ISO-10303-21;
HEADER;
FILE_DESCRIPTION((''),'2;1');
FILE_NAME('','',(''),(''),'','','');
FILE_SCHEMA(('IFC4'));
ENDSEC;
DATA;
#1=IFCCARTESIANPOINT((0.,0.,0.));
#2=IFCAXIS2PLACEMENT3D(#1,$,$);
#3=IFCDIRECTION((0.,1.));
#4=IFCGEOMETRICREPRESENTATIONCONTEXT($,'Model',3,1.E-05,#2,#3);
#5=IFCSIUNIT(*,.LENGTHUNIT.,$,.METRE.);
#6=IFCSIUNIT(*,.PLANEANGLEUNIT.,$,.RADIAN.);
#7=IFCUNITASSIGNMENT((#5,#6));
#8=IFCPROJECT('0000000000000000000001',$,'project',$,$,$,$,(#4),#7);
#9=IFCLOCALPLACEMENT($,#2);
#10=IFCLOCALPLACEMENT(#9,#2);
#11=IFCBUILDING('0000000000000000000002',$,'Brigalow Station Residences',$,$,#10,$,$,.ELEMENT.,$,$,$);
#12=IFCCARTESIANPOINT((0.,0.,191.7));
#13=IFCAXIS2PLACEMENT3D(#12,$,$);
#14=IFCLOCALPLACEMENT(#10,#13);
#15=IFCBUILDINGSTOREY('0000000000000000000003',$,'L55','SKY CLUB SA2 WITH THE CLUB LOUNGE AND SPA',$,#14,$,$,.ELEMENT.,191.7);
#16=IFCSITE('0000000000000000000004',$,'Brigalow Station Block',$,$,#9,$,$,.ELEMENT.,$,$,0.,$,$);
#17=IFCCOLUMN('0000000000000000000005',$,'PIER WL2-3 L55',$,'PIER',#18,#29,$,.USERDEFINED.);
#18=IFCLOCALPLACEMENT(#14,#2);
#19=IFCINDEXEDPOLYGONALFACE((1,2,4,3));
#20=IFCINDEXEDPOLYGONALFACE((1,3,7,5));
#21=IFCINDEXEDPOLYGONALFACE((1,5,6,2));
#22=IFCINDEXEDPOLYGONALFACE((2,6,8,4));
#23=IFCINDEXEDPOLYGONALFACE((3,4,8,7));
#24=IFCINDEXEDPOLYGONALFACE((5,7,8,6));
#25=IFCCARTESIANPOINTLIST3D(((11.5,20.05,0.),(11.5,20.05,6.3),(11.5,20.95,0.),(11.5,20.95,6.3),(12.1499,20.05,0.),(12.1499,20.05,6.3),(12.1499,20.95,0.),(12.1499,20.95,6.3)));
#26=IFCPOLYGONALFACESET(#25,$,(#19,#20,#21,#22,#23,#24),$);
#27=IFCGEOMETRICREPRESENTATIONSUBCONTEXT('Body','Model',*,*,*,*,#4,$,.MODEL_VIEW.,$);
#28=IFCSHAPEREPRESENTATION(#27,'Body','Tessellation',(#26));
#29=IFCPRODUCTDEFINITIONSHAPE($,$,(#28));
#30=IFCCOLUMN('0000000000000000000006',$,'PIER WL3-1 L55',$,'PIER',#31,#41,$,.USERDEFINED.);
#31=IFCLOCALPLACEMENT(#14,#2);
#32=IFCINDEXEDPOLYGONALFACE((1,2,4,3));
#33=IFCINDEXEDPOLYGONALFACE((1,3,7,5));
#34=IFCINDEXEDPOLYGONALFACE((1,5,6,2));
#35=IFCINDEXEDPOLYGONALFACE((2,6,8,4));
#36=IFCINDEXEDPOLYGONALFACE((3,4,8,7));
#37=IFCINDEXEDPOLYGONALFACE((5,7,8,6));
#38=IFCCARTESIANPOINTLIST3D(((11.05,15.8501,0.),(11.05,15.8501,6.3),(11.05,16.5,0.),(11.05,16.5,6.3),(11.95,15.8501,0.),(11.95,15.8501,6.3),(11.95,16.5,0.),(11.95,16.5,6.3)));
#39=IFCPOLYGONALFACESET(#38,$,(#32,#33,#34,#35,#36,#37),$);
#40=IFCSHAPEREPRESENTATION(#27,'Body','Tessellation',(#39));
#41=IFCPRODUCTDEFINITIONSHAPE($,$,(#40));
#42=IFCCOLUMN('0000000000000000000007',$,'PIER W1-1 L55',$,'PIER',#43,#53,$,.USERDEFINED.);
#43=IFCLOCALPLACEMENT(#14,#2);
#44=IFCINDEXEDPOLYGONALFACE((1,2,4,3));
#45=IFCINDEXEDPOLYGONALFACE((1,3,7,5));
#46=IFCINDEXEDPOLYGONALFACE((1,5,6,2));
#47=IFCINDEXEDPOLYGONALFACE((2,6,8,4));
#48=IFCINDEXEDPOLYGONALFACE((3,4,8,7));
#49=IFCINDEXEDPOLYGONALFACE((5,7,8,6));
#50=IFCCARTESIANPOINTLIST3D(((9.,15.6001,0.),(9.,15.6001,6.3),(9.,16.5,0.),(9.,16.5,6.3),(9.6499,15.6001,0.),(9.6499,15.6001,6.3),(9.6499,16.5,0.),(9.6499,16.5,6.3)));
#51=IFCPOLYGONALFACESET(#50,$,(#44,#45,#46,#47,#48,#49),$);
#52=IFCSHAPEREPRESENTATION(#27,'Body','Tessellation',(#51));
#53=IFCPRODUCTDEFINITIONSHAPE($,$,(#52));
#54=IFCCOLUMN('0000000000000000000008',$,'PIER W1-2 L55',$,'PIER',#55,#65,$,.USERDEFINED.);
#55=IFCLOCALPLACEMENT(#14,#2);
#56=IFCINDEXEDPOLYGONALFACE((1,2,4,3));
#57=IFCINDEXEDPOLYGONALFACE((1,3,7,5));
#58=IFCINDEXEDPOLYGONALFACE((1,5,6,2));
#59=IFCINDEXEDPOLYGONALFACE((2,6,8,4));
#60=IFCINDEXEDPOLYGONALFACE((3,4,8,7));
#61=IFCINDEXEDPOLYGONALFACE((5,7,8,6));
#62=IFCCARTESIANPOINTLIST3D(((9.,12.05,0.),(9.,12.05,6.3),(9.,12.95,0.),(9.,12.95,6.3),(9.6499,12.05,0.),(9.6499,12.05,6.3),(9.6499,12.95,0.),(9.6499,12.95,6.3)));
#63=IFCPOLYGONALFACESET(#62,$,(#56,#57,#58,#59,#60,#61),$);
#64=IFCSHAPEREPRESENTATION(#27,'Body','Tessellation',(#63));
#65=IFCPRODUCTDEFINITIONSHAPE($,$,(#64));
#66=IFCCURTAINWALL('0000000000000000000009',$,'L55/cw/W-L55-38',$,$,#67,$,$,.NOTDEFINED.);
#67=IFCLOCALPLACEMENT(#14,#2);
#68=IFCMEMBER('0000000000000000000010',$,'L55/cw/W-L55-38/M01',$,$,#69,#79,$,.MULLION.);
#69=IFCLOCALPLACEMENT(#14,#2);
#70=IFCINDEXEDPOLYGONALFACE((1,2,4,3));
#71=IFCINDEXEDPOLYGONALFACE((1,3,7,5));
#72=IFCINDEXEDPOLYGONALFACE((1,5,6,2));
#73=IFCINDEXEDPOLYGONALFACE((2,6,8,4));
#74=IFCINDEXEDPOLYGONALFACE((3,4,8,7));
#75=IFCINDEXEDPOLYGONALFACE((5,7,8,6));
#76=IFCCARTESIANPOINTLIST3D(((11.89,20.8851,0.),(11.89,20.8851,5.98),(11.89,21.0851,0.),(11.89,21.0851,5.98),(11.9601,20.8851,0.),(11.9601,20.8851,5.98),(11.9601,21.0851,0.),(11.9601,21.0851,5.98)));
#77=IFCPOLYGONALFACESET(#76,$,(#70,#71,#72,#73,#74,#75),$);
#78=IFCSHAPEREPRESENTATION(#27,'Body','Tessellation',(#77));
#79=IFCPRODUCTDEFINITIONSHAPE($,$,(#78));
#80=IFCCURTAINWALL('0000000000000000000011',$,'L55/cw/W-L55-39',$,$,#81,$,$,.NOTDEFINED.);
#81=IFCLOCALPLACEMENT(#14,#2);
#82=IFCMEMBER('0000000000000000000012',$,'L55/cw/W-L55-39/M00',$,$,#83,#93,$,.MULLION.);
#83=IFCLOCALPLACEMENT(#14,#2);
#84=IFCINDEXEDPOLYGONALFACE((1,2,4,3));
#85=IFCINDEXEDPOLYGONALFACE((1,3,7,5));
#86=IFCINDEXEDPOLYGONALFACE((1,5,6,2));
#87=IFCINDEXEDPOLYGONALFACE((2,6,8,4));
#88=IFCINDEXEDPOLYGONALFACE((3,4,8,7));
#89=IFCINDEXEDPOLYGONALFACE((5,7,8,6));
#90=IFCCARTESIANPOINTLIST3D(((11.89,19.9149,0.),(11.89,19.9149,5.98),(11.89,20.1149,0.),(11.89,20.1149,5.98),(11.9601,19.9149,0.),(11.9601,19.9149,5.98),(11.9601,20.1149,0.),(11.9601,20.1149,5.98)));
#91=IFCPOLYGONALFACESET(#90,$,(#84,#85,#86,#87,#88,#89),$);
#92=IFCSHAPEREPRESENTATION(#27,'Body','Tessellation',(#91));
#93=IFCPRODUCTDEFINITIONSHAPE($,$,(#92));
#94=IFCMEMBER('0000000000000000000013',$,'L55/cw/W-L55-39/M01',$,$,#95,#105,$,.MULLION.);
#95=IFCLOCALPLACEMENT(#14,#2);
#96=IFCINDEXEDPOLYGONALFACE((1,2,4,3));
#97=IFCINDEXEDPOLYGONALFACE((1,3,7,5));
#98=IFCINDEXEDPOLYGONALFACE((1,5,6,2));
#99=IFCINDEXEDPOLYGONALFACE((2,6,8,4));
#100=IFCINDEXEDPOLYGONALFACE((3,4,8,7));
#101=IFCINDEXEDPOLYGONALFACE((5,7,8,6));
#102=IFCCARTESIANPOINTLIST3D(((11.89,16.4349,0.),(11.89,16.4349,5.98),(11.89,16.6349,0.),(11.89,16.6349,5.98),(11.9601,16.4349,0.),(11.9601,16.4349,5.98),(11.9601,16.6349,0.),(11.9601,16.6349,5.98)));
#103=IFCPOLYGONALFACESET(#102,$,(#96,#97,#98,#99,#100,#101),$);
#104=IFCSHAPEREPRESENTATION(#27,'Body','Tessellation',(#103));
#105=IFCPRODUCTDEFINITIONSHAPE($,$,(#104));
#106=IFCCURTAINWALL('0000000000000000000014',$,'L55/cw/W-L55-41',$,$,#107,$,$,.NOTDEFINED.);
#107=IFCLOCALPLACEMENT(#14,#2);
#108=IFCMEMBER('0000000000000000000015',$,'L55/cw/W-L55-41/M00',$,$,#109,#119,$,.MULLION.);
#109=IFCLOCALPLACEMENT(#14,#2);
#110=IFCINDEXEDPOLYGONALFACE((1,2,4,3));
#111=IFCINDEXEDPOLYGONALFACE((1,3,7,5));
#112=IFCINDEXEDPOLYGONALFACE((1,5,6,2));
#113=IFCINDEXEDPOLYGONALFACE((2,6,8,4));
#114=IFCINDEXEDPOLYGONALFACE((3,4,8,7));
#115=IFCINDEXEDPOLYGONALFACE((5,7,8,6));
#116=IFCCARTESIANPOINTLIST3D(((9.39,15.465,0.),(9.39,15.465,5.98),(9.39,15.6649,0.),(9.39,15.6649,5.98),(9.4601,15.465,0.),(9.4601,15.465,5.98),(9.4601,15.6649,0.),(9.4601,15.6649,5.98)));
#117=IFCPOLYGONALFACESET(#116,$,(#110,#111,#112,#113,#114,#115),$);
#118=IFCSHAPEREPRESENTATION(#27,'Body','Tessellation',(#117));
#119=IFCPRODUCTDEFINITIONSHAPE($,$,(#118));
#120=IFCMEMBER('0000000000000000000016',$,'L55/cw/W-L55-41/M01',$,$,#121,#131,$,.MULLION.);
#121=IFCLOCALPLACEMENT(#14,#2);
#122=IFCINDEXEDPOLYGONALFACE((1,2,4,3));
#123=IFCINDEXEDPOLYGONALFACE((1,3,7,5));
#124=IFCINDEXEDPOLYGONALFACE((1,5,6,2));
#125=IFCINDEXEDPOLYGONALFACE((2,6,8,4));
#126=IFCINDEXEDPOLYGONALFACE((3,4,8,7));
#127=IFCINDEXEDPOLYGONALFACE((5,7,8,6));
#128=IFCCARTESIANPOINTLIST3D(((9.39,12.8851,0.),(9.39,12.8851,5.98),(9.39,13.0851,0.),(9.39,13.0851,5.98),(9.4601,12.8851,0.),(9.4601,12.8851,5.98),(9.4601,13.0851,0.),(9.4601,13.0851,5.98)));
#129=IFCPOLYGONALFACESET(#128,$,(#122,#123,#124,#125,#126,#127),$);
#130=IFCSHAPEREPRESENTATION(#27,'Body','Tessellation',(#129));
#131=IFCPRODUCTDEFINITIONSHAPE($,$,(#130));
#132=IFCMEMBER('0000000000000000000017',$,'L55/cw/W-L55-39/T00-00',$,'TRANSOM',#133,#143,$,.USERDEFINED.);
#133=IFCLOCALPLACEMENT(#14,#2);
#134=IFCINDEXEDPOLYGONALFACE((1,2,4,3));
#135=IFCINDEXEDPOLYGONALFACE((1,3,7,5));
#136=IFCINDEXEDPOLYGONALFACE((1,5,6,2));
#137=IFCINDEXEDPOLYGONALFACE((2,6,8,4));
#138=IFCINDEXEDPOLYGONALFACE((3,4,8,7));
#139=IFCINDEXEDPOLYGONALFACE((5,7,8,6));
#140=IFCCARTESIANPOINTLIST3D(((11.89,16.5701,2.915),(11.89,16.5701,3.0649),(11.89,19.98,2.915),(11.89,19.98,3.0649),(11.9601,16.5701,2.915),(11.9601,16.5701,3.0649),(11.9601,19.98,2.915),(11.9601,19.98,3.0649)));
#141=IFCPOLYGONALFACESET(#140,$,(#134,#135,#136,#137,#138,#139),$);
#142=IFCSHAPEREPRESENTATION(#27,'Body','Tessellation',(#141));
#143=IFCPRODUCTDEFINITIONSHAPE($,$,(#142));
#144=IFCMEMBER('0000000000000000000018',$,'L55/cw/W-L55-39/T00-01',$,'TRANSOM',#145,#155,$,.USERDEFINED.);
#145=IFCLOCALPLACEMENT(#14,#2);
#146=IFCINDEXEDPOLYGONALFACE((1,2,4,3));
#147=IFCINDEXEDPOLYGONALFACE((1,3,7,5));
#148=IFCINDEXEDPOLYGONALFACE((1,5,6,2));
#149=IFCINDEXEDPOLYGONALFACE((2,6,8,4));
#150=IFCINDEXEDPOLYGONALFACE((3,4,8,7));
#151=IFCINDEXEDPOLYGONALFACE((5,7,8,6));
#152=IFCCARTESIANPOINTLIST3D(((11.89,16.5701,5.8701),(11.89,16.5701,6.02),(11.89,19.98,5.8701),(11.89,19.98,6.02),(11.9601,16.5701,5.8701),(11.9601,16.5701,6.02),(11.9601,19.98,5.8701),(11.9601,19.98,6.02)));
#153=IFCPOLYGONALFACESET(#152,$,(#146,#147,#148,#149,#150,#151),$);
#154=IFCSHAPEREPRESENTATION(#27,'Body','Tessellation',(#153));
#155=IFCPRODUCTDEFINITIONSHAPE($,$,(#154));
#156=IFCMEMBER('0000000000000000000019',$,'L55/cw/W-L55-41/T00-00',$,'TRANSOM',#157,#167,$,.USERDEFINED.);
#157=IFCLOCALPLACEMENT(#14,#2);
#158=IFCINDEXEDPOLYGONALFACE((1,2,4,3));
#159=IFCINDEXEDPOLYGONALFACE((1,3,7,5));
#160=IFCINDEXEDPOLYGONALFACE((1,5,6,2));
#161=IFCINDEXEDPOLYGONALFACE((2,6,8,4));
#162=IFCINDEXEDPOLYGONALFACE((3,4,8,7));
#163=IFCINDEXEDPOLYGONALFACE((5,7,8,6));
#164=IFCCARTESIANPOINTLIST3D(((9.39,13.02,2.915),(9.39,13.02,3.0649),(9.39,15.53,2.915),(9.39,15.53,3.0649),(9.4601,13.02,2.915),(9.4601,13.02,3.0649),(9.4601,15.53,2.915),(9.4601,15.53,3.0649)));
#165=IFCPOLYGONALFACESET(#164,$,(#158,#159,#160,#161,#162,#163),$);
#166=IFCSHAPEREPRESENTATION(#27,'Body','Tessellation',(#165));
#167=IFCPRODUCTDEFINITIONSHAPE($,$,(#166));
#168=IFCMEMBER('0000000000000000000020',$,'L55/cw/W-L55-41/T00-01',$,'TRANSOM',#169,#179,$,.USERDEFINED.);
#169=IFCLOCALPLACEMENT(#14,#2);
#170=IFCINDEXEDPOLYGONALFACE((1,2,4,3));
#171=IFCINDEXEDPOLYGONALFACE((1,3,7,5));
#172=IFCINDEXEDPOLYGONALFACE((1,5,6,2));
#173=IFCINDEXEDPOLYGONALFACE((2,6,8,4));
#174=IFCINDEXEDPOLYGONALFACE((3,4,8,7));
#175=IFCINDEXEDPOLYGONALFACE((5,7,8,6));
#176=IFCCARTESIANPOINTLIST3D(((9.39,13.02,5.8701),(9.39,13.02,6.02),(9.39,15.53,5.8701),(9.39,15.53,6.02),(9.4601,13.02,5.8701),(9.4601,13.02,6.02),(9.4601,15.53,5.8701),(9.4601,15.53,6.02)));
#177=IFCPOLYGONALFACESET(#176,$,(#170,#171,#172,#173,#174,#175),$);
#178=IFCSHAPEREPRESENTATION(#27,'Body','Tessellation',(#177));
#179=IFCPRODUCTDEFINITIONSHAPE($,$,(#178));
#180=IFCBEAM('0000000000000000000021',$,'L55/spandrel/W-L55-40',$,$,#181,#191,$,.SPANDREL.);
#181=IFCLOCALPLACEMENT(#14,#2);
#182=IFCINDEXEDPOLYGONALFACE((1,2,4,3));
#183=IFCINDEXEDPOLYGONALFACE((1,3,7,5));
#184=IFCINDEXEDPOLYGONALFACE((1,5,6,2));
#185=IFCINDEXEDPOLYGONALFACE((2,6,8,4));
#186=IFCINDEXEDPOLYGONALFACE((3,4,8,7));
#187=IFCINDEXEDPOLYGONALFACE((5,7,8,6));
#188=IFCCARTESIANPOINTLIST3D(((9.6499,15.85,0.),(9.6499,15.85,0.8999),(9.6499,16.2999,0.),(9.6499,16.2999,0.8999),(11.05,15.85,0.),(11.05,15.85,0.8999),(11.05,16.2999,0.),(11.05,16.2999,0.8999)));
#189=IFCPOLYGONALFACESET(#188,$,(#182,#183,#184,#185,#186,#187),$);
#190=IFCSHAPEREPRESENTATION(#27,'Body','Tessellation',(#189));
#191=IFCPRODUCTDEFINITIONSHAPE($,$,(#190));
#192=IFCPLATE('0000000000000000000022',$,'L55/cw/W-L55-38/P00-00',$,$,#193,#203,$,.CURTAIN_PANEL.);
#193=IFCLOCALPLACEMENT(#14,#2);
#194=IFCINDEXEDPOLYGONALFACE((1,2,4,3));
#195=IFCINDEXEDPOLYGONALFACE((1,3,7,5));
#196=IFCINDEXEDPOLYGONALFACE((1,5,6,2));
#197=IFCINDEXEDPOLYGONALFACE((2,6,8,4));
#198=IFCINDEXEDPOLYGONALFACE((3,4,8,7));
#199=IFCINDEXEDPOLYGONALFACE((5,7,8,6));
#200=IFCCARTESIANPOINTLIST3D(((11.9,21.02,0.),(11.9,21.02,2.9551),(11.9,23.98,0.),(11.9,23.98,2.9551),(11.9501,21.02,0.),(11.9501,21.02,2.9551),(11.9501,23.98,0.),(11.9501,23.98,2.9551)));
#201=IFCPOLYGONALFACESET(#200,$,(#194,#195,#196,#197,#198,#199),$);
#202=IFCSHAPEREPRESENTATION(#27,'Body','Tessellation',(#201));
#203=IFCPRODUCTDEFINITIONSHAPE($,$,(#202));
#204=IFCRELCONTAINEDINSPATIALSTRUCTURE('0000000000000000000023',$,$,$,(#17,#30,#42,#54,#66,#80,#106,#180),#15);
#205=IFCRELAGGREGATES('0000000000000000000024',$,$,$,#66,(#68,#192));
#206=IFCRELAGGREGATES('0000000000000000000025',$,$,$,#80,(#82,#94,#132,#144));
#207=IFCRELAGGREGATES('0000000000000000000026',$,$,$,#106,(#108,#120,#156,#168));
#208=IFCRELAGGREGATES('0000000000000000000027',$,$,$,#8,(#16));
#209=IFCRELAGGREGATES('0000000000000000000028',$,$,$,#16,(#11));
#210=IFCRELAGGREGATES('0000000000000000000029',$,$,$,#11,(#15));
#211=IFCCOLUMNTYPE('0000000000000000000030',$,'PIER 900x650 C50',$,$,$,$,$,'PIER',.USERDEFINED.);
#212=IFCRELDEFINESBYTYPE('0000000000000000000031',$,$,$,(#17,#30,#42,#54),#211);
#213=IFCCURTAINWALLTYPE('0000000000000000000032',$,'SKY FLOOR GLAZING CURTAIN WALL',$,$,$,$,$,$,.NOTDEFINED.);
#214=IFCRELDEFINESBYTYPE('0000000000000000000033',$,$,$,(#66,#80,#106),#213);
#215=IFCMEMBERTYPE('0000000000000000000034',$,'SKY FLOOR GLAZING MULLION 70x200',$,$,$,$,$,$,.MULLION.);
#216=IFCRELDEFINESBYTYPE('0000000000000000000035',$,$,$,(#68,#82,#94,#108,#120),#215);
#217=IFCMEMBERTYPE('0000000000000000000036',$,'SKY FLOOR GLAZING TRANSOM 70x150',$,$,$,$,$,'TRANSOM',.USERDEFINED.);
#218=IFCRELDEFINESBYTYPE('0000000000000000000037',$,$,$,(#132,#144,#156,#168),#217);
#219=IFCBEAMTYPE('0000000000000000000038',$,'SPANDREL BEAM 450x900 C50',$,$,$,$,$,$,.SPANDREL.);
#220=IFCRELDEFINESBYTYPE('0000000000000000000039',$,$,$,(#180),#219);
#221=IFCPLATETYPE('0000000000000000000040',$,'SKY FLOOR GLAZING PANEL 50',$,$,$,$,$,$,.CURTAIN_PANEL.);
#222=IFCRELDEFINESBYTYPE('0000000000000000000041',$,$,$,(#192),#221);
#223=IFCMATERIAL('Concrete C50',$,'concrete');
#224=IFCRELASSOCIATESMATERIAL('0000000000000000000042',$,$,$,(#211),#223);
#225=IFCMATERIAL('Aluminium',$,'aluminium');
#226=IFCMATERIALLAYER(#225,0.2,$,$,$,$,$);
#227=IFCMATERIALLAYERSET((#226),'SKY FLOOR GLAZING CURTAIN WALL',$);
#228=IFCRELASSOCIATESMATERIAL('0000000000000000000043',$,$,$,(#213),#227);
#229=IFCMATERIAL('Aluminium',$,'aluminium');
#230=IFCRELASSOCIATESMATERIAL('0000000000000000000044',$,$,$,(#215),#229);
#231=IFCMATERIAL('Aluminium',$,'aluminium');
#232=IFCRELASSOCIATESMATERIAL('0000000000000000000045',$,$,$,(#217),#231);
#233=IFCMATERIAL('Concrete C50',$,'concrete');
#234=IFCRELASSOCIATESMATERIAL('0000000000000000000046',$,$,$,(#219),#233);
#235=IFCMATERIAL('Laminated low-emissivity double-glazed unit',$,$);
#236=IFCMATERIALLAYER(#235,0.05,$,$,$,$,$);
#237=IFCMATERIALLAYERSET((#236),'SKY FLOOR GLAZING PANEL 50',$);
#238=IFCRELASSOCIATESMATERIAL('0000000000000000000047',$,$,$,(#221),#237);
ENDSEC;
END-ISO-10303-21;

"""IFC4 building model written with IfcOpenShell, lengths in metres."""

from ifc_helpers import new_model, si_unit, direction, frame, origin, origin_2d, place, context, subcontext, project, spatial, rectangle, extrude, material, layer, layer_set, material_profile, profile_set, type_object, element, aggregate, save


model = new_model("IFC4")

# Units and contexts
model_context = context("Model", 3, precision=1e-05, world=origin(), true_north=direction((0.0, 1.0)))
body_context = subcontext(model_context, "Body", "Model", "MODEL_VIEW")
ifc_project = project(units=[si_unit("LENGTHUNIT", "METRE"), si_unit("PLANEANGLEUNIT", "RADIAN")], contexts=[model_context])

# Site, building, storey
site_placement = place(None, origin())
site = spatial("IfcSite", under=ifc_project, at=site_placement, Name="Brigalow Station Block", CompositionType="ELEMENT", RefElevation=0.0)
building_placement = place(site_placement, origin())
building = spatial("IfcBuilding", under=site, at=building_placement, Name="Brigalow Station Residences", CompositionType="ELEMENT")
storey_placement = place(building_placement, frame((0.0, 0.0, 191.7)))
storey = spatial("IfcBuildingStorey", under=building, at=storey_placement, Name="L55", Description="SKY CLUB SA2 WITH THE CLUB LOUNGE AND SPA", CompositionType="ELEMENT", Elevation=191.7)

# Columns
ifc_material_1 = material(Name="Concrete C50", Category="concrete")
ifc_material_profile_1 = material_profile(ifc_material_1, rectangle(XDim=0.8999, YDim=0.6499, at=origin_2d()), Name="RC900x650")
ifc_profile_set_1 = profile_set([ifc_material_profile_1], Name="Concrete C50")
column_type = type_object("IfcColumnType", Name="PIER 900x650 C50", ElementType="PIER", PredefinedType="USERDEFINED", material=ifc_profile_set_1)
for number, where, z_axis, x_axis, name in (
    (1, (11.825, 20.5, 0.0), (0.0, 0.0, 1.0), (0.0, -1.0, 0.0), "PIER WL2-3 L55"),
    (2, (11.5, 16.175, 0.0), (0.0, 0.0, 1.0), (-1.0, 0.0, 0.0), "PIER WL3-1 L55"),
    (3, (9.325, 16.05, 0.0), (0.0, 0.0, 1.0), (0.0, -1.0, 0.0), "PIER W1-1 L55"),
    (4, (9.325, 12.5, 0.0), (0.0, 0.0, 1.0), (0.0, -1.0, 0.0), "PIER W1-2 L55"),
):
    element("IfcColumn", number, at=place(storey_placement, frame(where, z_axis=z_axis, x_axis=x_axis)), inside=storey, type_object=column_type, Name=name, ObjectType="PIER", PredefinedType="USERDEFINED", context=body_context, shape_type="SweptSolid", body=[
        extrude(rectangle(XDim=0.8999, YDim=0.6499, at=origin_2d()), origin(), (0.0, 0.0, 1.0), 6.3),
    ])

# Curtain wall, member
ifc_material_2 = material(Name="Aluminium", Category="aluminium")
ifc_layer_1 = layer(ifc_material_2, 0.2)
ifc_layer_set_1 = layer_set([ifc_layer_1], Name="SKY FLOOR GLAZING CURTAIN WALL")
curtain_wall_type = type_object("IfcCurtainWallType", Name="SKY FLOOR GLAZING CURTAIN WALL", PredefinedType="NOTDEFINED", material=ifc_layer_set_1)
curtain_wall_1_placement = place(storey_placement, origin())
curtain_wall_1 = element("IfcCurtainWall", 5, at=curtain_wall_1_placement, inside=storey, type_object=curtain_wall_type, Name="L55/cw/W-L55-38", PredefinedType="NOTDEFINED")
ifc_material_3 = material(Name="Aluminium", Category="aluminium")
ifc_material_profile_2 = material_profile(ifc_material_3, rectangle(XDim=0.0701, YDim=0.2, at=origin_2d()), Name="SKY FLOOR GLAZING MULLION 70x200")
ifc_profile_set_2 = profile_set([ifc_material_profile_2], Name="Aluminium")
member_type_1 = type_object("IfcMemberType", Name="SKY FLOOR GLAZING MULLION 70x200", PredefinedType="MULLION", material=ifc_profile_set_2)
member_1_placement = place(storey_placement, frame((11.925, 20.9851, 0.0), z_axis=(0.0, 0.0, 1.0), x_axis=(1.0, 0.0, 0.0)))
member_1 = element("IfcMember", 6, at=member_1_placement, type_object=member_type_1, Name="L55/cw/W-L55-38/M01", PredefinedType="MULLION", context=body_context, shape_type="SweptSolid", body=[
    extrude(rectangle(XDim=0.0701, YDim=0.2, at=origin_2d()), origin(), (0.0, 0.0, 1.0), 5.98),
])

# Curtain walls, members
curtain_wall_2_placement = place(storey_placement, origin())
curtain_wall_2 = element("IfcCurtainWall", 7, at=curtain_wall_2_placement, inside=storey, type_object=curtain_wall_type, Name="L55/cw/W-L55-39", PredefinedType="NOTDEFINED")
member_2_placement = place(storey_placement, frame((11.925, 20.0149, 0.0), z_axis=(0.0, 0.0, 1.0), x_axis=(1.0, 0.0, 0.0)))
member_2 = element("IfcMember", 8, at=member_2_placement, type_object=member_type_1, Name="L55/cw/W-L55-39/M00", PredefinedType="MULLION", context=body_context, shape_type="SweptSolid", body=[
    extrude(rectangle(XDim=0.0701, YDim=0.2, at=origin_2d()), origin(), (0.0, 0.0, 1.0), 5.98),
])
member_3_placement = place(storey_placement, frame((11.925, 16.5349, 0.0), z_axis=(0.0, 0.0, 1.0), x_axis=(1.0, 0.0, 0.0)))
member_3 = element("IfcMember", 9, at=member_3_placement, type_object=member_type_1, Name="L55/cw/W-L55-39/M01", PredefinedType="MULLION", context=body_context, shape_type="SweptSolid", body=[
    extrude(rectangle(XDim=0.0701, YDim=0.2, at=origin_2d()), origin(), (0.0, 0.0, 1.0), 5.98),
])
curtain_wall_3_placement = place(storey_placement, origin())
curtain_wall_3 = element("IfcCurtainWall", 10, at=curtain_wall_3_placement, inside=storey, type_object=curtain_wall_type, Name="L55/cw/W-L55-41", PredefinedType="NOTDEFINED")
member_4_placement = place(storey_placement, frame((9.425, 15.5649, 0.0), z_axis=(0.0, 0.0, 1.0), x_axis=(1.0, 0.0, 0.0)))
member_4 = element("IfcMember", 11, at=member_4_placement, type_object=member_type_1, Name="L55/cw/W-L55-41/M00", PredefinedType="MULLION", context=body_context, shape_type="SweptSolid", body=[
    extrude(rectangle(XDim=0.0701, YDim=0.2, at=origin_2d()), origin(), (0.0, 0.0, 1.0), 5.98),
])
member_5_placement = place(storey_placement, frame((9.425, 12.9851, 0.0), z_axis=(0.0, 0.0, 1.0), x_axis=(1.0, 0.0, 0.0)))
member_5 = element("IfcMember", 12, at=member_5_placement, type_object=member_type_1, Name="L55/cw/W-L55-41/M01", PredefinedType="MULLION", context=body_context, shape_type="SweptSolid", body=[
    extrude(rectangle(XDim=0.0701, YDim=0.2, at=origin_2d()), origin(), (0.0, 0.0, 1.0), 5.98),
])

# Members
ifc_material_4 = material(Name="Aluminium", Category="aluminium")
ifc_material_profile_3 = material_profile(ifc_material_4, rectangle(XDim=0.0701, YDim=0.1499, at=origin_2d()), Name="SKY FLOOR GLAZING TRANSOM 70x150")
ifc_profile_set_3 = profile_set([ifc_material_profile_3], Name="Aluminium")
member_type_2 = type_object("IfcMemberType", Name="SKY FLOOR GLAZING TRANSOM 70x150", ElementType="TRANSOM", PredefinedType="USERDEFINED", material=ifc_profile_set_3)
member_6_placement = place(storey_placement, frame((11.925, 19.98, 2.99), z_axis=(0.0, -1.0, 0.0), x_axis=(1.0, 0.0, 0.0)))
member_6 = element("IfcMember", 13, at=member_6_placement, type_object=member_type_2, Name="L55/cw/W-L55-39/T00-00", ObjectType="TRANSOM", PredefinedType="USERDEFINED", context=body_context, shape_type="SweptSolid", body=[
    extrude(rectangle(XDim=0.0701, YDim=0.1499, at=origin_2d()), origin(), (0.0, 0.0, 1.0), 3.4099),
])
member_7_placement = place(storey_placement, frame((11.925, 19.98, 5.9451), z_axis=(0.0, -1.0, 0.0), x_axis=(1.0, 0.0, 0.0)))
member_7 = element("IfcMember", 14, at=member_7_placement, type_object=member_type_2, Name="L55/cw/W-L55-39/T00-01", ObjectType="TRANSOM", PredefinedType="USERDEFINED", context=body_context, shape_type="SweptSolid", body=[
    extrude(rectangle(XDim=0.0701, YDim=0.1499, at=origin_2d()), origin(), (0.0, 0.0, 1.0), 3.4099),
])
member_8_placement = place(storey_placement, frame((9.425, 15.53, 2.99), z_axis=(0.0, -1.0, 0.0), x_axis=(1.0, 0.0, 0.0)))
member_8 = element("IfcMember", 15, at=member_8_placement, type_object=member_type_2, Name="L55/cw/W-L55-41/T00-00", ObjectType="TRANSOM", PredefinedType="USERDEFINED", context=body_context, shape_type="SweptSolid", body=[
    extrude(rectangle(XDim=0.0701, YDim=0.1499, at=origin_2d()), origin(), (0.0, 0.0, 1.0), 2.51),
])
member_9_placement = place(storey_placement, frame((9.425, 15.53, 5.9451), z_axis=(0.0, -1.0, 0.0), x_axis=(1.0, 0.0, 0.0)))
member_9 = element("IfcMember", 16, at=member_9_placement, type_object=member_type_2, Name="L55/cw/W-L55-41/T00-01", ObjectType="TRANSOM", PredefinedType="USERDEFINED", context=body_context, shape_type="SweptSolid", body=[
    extrude(rectangle(XDim=0.0701, YDim=0.1499, at=origin_2d()), origin(), (0.0, 0.0, 1.0), 2.51),
])

# Beam
ifc_material_5 = material(Name="Concrete C50", Category="concrete")
ifc_material_profile_4 = material_profile(ifc_material_5, rectangle(XDim=0.45, YDim=0.8999, at=origin_2d()), Name="RC450x900")
ifc_profile_set_4 = profile_set([ifc_material_profile_4], Name="Concrete C50")
beam_type = type_object("IfcBeamType", Name="SPANDREL BEAM 450x900 C50", PredefinedType="SPANDREL", material=ifc_profile_set_4)
beam_placement = place(storey_placement, frame((11.05, 16.075, 0.45), z_axis=(-1.0, 0.0, 0.0), x_axis=(0.0, -1.0, 0.0)))
element("IfcBeam", 17, at=beam_placement, inside=storey, type_object=beam_type, Name="L55/spandrel/W-L55-40", PredefinedType="SPANDREL", context=body_context, shape_type="SweptSolid", body=[
    extrude(rectangle(XDim=0.45, YDim=0.8999, at=origin_2d()), origin(), (0.0, 0.0, 1.0), 1.4001),
])

# Plate
ifc_material_6 = material(Name="Laminated low-emissivity double-glazed unit")
ifc_layer_2 = layer(ifc_material_6, 0.05)
ifc_layer_set_2 = layer_set([ifc_layer_2], Name="SKY FLOOR GLAZING PANEL 50")
plate_type = type_object("IfcPlateType", Name="SKY FLOOR GLAZING PANEL 50", PredefinedType="CURTAIN_PANEL", material=ifc_layer_set_2)
plate_1_placement = place(storey_placement, frame((11.925, 22.5, 0.0), z_axis=(0.0, 0.0, 1.0), x_axis=(0.0, -1.0, 0.0)))
plate_1 = element("IfcPlate", 18, at=plate_1_placement, type_object=plate_type, Name="L55/cw/W-L55-38/P00-00", PredefinedType="CURTAIN_PANEL", context=body_context, shape_type="SweptSolid", body=[
    extrude(rectangle(XDim=2.96, YDim=0.05, at=origin_2d()), origin(), (0.0, 0.0, 1.0), 2.9551),
])
aggregate(curtain_wall_1, [member_1, plate_1])
aggregate(curtain_wall_2, [member_2, member_3, member_6, member_7])
aggregate(curtain_wall_3, [member_4, member_5, member_8, member_9])

save(model, "model.ifc")
